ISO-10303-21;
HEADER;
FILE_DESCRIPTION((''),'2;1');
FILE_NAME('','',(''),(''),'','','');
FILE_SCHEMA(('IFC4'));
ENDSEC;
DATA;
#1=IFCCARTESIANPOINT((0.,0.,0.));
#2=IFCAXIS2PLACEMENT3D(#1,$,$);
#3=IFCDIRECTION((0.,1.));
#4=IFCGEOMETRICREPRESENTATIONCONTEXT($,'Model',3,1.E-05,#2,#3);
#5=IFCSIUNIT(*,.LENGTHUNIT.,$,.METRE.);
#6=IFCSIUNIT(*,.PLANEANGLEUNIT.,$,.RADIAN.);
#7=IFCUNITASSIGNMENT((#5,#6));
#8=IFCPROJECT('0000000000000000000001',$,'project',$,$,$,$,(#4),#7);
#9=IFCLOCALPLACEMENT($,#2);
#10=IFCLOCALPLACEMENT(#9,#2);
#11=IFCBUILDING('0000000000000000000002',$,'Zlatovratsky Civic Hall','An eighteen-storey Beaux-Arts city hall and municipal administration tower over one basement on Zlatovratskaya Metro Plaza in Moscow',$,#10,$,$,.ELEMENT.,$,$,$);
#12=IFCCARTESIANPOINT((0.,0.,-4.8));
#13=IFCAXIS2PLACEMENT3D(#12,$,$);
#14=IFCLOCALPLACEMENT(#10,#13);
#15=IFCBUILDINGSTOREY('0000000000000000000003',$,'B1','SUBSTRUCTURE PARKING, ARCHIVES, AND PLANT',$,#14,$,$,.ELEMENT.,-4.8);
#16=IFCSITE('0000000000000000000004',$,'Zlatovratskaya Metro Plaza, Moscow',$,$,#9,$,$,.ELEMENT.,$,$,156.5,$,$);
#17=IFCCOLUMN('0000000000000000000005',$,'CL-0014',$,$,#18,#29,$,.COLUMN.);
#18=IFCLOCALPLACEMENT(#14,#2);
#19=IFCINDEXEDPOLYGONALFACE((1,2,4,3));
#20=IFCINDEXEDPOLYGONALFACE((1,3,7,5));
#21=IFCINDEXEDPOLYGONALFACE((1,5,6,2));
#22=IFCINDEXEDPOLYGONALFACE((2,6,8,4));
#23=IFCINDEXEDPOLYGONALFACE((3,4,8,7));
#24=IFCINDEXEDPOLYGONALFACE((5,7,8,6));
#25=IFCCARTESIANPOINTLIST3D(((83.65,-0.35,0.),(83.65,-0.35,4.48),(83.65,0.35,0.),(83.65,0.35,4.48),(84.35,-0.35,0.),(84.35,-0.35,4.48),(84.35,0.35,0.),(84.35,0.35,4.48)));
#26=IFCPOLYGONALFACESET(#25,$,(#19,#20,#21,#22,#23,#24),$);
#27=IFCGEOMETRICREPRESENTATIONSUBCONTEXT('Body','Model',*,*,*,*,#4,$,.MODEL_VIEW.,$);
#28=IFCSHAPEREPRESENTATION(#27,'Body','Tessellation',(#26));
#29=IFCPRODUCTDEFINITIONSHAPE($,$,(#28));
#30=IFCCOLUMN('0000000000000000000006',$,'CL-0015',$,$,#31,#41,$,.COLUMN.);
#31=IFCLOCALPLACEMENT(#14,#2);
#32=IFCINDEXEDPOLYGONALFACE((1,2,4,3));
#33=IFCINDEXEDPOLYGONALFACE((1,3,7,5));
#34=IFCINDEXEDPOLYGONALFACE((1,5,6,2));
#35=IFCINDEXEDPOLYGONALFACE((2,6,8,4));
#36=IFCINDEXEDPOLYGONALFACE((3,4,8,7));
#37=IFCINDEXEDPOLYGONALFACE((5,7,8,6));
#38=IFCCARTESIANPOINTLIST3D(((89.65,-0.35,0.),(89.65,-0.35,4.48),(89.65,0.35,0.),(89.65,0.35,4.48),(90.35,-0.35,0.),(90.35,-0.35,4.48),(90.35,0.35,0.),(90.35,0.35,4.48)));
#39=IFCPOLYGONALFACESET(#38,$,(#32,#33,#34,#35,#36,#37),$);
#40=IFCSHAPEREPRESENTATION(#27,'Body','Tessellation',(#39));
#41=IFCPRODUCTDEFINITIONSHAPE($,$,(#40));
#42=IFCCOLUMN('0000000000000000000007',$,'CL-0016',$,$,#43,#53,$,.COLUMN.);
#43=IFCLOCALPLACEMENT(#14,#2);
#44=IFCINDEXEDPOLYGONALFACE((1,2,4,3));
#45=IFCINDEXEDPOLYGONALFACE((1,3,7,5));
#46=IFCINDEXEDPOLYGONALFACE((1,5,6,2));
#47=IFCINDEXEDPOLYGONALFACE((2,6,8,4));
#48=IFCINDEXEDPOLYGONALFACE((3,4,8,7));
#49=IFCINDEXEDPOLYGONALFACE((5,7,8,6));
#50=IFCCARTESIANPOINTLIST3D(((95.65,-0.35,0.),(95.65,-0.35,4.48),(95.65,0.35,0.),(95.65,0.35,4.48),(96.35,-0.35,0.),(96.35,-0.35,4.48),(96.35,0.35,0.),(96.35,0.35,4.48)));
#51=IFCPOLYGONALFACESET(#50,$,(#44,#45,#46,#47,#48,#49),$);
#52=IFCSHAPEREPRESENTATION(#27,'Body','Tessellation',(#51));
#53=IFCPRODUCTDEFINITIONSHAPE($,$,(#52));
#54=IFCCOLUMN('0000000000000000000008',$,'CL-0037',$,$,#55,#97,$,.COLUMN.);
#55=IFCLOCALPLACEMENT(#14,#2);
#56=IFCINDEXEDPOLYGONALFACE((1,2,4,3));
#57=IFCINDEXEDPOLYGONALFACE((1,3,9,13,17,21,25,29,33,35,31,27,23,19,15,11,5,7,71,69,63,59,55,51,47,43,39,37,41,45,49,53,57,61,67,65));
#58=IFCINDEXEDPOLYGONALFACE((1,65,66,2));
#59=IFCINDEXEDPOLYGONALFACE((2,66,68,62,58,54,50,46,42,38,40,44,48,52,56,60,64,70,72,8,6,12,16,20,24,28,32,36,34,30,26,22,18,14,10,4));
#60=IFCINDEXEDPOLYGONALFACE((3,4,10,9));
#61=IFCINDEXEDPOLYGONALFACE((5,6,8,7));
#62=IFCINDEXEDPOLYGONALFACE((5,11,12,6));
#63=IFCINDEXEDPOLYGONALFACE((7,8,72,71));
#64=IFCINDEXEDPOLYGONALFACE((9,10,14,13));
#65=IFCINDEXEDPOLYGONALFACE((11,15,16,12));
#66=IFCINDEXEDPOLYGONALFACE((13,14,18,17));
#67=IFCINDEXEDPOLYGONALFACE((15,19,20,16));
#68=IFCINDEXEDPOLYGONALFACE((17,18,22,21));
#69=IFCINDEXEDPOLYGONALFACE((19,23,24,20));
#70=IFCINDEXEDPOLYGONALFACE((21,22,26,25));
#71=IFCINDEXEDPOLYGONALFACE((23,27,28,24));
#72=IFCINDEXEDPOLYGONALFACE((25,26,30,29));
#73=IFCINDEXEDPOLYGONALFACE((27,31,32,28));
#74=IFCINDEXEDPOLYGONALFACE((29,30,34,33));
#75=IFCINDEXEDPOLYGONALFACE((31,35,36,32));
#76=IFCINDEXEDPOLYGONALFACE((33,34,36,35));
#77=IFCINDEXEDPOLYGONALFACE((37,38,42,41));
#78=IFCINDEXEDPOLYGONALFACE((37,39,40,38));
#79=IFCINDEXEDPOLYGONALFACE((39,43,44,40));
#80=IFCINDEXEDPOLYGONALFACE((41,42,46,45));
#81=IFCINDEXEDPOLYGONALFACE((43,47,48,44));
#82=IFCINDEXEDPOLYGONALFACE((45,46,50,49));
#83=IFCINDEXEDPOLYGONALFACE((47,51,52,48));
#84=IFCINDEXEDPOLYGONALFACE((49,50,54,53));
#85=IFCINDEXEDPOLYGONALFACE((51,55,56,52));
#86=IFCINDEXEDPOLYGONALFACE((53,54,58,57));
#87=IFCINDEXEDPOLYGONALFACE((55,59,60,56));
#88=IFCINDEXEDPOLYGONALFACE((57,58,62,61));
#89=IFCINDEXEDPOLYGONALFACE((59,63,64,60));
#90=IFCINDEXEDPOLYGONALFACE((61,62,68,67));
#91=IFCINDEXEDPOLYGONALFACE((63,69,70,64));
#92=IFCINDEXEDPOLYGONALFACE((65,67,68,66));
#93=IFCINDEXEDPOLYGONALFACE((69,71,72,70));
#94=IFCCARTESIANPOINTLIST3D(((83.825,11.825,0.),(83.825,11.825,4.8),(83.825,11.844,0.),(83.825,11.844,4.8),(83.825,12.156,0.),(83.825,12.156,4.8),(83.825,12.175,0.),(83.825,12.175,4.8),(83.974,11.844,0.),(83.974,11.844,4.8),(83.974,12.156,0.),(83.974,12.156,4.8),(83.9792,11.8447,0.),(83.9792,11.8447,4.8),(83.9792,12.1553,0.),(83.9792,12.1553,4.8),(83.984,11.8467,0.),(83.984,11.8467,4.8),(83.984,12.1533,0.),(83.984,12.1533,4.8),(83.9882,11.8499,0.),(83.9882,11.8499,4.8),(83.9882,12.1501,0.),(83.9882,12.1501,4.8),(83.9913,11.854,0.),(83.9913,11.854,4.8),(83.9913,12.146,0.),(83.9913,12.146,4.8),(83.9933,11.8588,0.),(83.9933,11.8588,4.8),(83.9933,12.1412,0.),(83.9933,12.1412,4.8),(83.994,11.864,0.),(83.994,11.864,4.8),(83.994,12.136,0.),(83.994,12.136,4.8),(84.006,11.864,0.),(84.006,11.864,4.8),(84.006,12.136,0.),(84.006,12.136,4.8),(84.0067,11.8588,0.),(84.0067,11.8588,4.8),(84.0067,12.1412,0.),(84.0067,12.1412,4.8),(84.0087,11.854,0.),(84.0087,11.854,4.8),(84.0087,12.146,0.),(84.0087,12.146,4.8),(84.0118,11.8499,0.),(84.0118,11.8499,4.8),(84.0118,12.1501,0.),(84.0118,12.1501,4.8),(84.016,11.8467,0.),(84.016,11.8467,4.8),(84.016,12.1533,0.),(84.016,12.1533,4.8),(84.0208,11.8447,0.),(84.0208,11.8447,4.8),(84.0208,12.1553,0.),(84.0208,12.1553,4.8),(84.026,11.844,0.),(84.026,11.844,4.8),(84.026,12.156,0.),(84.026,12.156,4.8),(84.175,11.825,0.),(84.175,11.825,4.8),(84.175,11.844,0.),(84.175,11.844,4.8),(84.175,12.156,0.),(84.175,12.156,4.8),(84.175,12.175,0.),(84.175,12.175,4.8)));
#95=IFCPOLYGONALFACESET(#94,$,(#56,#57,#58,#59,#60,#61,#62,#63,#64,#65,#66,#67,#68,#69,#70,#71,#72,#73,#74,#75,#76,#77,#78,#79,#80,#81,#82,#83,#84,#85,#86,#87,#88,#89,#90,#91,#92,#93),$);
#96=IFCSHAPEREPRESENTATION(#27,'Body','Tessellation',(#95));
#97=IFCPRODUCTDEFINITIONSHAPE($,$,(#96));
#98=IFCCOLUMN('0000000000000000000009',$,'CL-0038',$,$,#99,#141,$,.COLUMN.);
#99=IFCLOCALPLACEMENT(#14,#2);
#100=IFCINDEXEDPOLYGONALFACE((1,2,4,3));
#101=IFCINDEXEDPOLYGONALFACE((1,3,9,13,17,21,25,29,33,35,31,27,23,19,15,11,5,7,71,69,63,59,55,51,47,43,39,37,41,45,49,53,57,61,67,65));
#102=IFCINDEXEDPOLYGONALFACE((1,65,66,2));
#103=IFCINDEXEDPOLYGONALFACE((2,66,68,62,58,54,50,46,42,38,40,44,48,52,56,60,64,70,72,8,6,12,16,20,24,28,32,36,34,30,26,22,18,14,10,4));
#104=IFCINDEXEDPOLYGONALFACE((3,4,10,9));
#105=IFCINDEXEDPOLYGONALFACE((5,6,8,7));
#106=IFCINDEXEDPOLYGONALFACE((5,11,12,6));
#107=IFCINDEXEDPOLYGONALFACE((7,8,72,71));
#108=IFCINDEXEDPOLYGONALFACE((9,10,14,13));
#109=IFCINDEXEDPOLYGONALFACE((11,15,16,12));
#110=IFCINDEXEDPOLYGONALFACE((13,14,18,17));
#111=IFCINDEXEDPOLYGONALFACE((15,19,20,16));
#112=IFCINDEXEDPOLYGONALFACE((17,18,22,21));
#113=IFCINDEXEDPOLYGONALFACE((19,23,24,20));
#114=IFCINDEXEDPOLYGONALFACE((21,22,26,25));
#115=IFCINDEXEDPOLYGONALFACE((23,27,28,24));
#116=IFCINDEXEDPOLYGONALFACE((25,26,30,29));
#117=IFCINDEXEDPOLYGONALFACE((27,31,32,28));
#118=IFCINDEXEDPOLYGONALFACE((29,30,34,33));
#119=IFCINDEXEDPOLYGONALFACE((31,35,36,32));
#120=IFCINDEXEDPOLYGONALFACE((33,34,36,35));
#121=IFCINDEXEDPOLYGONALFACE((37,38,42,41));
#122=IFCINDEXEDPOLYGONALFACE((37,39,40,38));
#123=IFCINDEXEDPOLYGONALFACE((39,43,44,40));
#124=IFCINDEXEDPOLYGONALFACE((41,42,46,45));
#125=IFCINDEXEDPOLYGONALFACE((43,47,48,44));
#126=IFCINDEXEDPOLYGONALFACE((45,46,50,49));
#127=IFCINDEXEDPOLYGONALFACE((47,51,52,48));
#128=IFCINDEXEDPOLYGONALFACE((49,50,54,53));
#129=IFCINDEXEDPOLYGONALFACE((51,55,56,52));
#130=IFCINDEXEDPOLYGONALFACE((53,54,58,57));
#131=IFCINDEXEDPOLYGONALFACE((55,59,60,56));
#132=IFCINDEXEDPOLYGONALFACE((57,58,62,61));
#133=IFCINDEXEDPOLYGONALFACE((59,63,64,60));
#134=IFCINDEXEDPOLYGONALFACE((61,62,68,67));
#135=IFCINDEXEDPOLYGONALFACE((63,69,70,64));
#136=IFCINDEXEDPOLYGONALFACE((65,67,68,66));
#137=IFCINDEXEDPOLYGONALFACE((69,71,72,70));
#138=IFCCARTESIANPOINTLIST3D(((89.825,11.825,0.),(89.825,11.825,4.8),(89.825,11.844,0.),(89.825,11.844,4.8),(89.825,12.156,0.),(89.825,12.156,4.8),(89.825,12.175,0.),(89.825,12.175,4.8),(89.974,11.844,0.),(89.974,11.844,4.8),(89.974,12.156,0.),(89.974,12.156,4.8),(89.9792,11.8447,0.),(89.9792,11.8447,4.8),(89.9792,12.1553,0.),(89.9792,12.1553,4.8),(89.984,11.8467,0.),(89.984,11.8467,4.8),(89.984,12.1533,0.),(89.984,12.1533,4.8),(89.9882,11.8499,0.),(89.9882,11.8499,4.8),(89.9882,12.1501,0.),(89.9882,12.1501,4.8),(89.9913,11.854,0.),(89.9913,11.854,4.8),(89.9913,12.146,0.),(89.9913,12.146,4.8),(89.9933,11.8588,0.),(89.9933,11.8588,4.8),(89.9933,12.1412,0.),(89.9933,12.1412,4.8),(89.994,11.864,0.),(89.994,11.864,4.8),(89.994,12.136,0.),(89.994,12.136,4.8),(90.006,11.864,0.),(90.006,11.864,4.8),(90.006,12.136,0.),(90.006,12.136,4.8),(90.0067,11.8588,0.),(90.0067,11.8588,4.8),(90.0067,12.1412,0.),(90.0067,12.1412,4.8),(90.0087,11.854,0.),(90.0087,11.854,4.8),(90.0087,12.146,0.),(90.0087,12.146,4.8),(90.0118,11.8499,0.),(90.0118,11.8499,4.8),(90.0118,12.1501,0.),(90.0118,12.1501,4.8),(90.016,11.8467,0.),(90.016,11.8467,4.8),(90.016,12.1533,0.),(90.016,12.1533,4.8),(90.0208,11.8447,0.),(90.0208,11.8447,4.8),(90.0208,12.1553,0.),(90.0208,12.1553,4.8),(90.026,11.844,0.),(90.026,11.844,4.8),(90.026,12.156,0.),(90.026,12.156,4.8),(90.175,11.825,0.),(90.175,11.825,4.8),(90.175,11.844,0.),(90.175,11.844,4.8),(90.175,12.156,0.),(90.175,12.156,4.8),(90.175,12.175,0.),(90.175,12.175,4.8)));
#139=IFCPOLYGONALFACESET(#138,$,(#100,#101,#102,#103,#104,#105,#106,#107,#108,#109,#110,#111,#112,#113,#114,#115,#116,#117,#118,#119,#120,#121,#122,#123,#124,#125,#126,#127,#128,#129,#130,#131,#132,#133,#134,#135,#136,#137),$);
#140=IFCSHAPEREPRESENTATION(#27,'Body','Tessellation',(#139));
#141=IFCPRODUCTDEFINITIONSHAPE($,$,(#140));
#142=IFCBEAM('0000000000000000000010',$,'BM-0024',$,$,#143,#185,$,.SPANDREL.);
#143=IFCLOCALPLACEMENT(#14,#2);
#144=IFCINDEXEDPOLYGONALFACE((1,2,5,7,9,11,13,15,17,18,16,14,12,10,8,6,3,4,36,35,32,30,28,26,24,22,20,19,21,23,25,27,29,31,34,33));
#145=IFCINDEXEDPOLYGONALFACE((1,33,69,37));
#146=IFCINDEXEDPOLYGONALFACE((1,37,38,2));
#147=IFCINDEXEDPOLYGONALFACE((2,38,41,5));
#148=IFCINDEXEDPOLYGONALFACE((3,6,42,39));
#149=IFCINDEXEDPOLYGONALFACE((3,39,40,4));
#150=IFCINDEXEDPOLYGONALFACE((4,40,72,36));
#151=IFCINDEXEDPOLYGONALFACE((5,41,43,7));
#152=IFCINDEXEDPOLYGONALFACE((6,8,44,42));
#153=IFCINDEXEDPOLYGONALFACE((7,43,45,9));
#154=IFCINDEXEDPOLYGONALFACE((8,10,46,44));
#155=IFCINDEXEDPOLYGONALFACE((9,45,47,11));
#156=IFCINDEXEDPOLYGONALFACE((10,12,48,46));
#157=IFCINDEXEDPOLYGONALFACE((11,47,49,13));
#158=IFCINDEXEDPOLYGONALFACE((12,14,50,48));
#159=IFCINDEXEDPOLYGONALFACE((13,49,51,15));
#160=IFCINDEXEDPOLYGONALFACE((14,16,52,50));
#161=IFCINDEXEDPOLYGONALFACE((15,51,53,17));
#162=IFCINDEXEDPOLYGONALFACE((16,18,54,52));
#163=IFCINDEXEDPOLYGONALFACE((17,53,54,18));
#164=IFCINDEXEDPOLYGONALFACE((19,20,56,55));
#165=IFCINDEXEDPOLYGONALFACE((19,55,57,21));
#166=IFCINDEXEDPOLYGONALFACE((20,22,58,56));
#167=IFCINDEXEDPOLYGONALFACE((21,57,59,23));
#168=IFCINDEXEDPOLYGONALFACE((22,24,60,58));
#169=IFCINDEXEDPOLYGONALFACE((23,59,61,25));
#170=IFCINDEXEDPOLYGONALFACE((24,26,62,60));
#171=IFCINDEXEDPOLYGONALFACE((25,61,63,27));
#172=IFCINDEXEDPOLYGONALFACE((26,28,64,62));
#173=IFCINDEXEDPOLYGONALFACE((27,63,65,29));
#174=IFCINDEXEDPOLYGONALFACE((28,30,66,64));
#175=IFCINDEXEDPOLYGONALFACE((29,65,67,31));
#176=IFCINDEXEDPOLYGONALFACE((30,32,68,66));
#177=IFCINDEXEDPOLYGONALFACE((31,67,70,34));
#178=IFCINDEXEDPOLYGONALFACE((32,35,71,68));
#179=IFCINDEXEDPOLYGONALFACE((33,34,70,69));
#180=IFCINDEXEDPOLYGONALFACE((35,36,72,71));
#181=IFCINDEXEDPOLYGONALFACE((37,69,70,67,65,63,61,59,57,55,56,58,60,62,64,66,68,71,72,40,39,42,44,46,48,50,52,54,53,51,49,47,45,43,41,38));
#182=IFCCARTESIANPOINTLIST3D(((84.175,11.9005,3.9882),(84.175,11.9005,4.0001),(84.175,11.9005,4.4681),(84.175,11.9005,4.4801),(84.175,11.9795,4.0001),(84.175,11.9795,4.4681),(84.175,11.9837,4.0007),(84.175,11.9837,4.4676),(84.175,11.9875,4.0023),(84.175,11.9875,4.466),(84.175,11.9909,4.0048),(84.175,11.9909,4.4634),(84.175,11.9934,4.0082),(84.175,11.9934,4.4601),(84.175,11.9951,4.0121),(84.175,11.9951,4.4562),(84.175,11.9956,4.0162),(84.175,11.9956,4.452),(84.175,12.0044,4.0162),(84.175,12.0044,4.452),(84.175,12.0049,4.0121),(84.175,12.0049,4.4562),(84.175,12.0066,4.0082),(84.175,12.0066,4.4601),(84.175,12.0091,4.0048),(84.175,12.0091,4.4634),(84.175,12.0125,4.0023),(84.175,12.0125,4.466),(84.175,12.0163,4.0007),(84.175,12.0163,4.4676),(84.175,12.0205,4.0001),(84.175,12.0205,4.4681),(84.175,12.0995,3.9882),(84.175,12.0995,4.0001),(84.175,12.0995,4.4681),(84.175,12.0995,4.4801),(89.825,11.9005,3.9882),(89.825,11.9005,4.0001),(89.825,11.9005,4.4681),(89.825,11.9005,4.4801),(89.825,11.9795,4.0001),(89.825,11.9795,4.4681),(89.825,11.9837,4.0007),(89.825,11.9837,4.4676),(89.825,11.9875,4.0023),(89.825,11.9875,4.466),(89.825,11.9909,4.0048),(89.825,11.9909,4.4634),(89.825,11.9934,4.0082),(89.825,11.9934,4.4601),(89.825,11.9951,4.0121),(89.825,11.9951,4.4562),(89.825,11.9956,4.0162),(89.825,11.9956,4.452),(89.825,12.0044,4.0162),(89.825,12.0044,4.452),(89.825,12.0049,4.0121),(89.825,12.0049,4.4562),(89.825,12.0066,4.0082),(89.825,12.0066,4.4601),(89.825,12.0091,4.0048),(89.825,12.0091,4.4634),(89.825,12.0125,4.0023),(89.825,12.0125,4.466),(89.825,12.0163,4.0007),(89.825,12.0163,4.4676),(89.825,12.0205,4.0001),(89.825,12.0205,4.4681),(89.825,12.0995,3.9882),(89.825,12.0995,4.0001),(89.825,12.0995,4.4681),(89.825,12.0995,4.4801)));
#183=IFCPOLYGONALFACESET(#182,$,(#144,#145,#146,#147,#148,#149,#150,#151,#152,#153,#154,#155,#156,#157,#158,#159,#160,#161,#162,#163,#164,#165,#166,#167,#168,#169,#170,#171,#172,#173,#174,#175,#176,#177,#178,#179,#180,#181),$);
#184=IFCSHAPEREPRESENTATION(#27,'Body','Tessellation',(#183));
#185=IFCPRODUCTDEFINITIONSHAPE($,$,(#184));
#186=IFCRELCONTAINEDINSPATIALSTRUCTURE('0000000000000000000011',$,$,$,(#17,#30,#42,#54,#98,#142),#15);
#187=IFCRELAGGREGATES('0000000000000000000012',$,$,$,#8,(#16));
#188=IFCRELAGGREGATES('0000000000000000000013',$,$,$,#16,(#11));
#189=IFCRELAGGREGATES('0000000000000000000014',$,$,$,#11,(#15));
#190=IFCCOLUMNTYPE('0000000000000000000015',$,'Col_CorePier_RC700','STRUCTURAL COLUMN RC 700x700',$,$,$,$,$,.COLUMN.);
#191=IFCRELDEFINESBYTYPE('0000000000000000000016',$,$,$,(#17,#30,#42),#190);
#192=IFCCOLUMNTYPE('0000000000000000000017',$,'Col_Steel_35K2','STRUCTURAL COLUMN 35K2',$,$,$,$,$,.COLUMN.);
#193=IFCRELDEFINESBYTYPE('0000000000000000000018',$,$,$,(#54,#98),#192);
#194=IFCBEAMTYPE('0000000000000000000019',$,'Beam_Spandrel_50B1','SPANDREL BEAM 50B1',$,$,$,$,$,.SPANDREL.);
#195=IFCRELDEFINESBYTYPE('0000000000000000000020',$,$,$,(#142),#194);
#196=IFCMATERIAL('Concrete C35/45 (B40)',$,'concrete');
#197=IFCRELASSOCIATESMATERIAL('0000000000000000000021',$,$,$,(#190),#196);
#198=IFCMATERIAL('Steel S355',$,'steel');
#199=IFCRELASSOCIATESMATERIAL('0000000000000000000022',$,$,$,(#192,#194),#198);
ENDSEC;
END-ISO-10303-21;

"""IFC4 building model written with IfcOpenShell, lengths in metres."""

from ifc_helpers import new_model, si_unit, direction, frame, origin, origin_2d, place, context, subcontext, project, spatial, rectangle, i_section, extrude, material, material_profile, profile_set, type_object, element, save


model = new_model("IFC4")

# Units and contexts
model_context = context("Model", 3, precision=1e-05, world=origin(), true_north=direction((0.0, 1.0)))
body_context = subcontext(model_context, "Body", "Model", "MODEL_VIEW")
ifc_project = project(units=[si_unit("LENGTHUNIT", "METRE"), si_unit("PLANEANGLEUNIT", "RADIAN")], contexts=[model_context])

# Site, building, storey
site_placement = place(None, origin())
site = spatial("IfcSite", under=ifc_project, at=site_placement, Name="Zlatovratskaya Metro Plaza, Moscow", CompositionType="ELEMENT", RefElevation=156.5)
building_placement = place(site_placement, origin())
building = spatial("IfcBuilding", under=site, at=building_placement, Name="Zlatovratsky Civic Hall", Description="An eighteen-storey Beaux-Arts city hall and municipal administration tower over one basement on Zlatovratskaya Metro Plaza in Moscow", CompositionType="ELEMENT")
storey_placement = place(building_placement, frame((0.0, 0.0, -4.8)))
storey = spatial("IfcBuildingStorey", under=building, at=storey_placement, Name="B1", Description="SUBSTRUCTURE PARKING, ARCHIVES, AND PLANT", CompositionType="ELEMENT", Elevation=-4.8)

# Columns
ifc_material_1 = material(Name="Concrete C35/45 (B40)", Category="concrete")
ifc_material_profile_1 = material_profile(ifc_material_1, rectangle(XDim=0.7, YDim=0.7, at=origin_2d()), Name="RC 700x700")
ifc_profile_set_1 = profile_set([ifc_material_profile_1], Name="Concrete C35/45 (B40)")
column_type_1 = type_object("IfcColumnType", Name="Col_CorePier_RC700", Description="STRUCTURAL COLUMN RC 700x700", PredefinedType="COLUMN", material=ifc_profile_set_1)
for number, where, z_axis, x_axis, name in (
    (1, (84.0, 0.0, 0.0), (0.0, 0.0, 1.0), (1.0, 0.0, 0.0), "CL-0014"),
    (2, (90.0, 0.0, 0.0), (0.0, 0.0, 1.0), (1.0, 0.0, 0.0), "CL-0015"),
    (3, (96.0, 0.0, 0.0), (0.0, 0.0, 1.0), (1.0, 0.0, 0.0), "CL-0016"),
):
    element("IfcColumn", number, at=place(storey_placement, frame(where, z_axis=z_axis, x_axis=x_axis)), inside=storey, type_object=column_type_1, Name=name, PredefinedType="COLUMN", context=body_context, shape_type="SweptSolid", body=[
        extrude(rectangle(XDim=0.7, YDim=0.7, at=origin_2d()), origin(), (0.0, 0.0, 1.0), 4.48),
    ])
ifc_material_2 = material(Name="Steel S355", Category="steel")
ifc_material_profile_2 = material_profile(ifc_material_2, i_section(OverallWidth=0.3501, OverallDepth=0.3501, WebThickness=0.012, FlangeThickness=0.019, FilletRadius=0.02, at=origin_2d()), Name="35K2")
ifc_profile_set_2 = profile_set([ifc_material_profile_2], Name="Steel S355")
column_type_2 = type_object("IfcColumnType", Name="Col_Steel_35K2", Description="STRUCTURAL COLUMN 35K2", PredefinedType="COLUMN", material=ifc_profile_set_2)
for number, where, z_axis, x_axis, name in (
    (4, (84.0, 12.0, 0.0), (0.0, 0.0, 1.0), (1.0, 0.0, 0.0), "CL-0037"),
    (5, (90.0, 12.0, 0.0), (0.0, 0.0, 1.0), (1.0, 0.0, 0.0), "CL-0038"),
):
    element("IfcColumn", number, at=place(storey_placement, frame(where, z_axis=z_axis, x_axis=x_axis)), inside=storey, type_object=column_type_2, Name=name, PredefinedType="COLUMN", context=body_context, shape_type="SweptSolid", body=[
        extrude(i_section(OverallWidth=0.3501, OverallDepth=0.3501, WebThickness=0.012, FlangeThickness=0.019, FilletRadius=0.02, at=origin_2d()), origin(), (0.0, 0.0, 1.0), 4.8),
    ])

# Beam
ifc_material_profile_3 = material_profile(ifc_material_2, i_section(OverallWidth=0.199, OverallDepth=0.4919, WebThickness=0.0088, FlangeThickness=0.012, FilletRadius=0.0161, at=origin_2d()), Name="50B1")
ifc_profile_set_3 = profile_set([ifc_material_profile_3], Name="Steel S355")
beam_type = type_object("IfcBeamType", Name="Beam_Spandrel_50B1", Description="SPANDREL BEAM 50B1", PredefinedType="SPANDREL", material=ifc_profile_set_3)
for number, where, z_axis, x_axis, name in (
    (6, (84.175, 12.0, 4.2341), (1.0, 0.0, 0.0), (0.0, 1.0, 0.0), "BM-0024"),
):
    element("IfcBeam", number, at=place(storey_placement, frame(where, z_axis=z_axis, x_axis=x_axis)), inside=storey, type_object=beam_type, Name=name, PredefinedType="SPANDREL", context=body_context, shape_type="SweptSolid", body=[
        extrude(i_section(OverallWidth=0.199, OverallDepth=0.4919, WebThickness=0.0088, FlangeThickness=0.012, FilletRadius=0.0161, at=origin_2d()), origin(), (0.0, 0.0, 1.0), 5.6499),
    ])

save(model, "model.ifc")
